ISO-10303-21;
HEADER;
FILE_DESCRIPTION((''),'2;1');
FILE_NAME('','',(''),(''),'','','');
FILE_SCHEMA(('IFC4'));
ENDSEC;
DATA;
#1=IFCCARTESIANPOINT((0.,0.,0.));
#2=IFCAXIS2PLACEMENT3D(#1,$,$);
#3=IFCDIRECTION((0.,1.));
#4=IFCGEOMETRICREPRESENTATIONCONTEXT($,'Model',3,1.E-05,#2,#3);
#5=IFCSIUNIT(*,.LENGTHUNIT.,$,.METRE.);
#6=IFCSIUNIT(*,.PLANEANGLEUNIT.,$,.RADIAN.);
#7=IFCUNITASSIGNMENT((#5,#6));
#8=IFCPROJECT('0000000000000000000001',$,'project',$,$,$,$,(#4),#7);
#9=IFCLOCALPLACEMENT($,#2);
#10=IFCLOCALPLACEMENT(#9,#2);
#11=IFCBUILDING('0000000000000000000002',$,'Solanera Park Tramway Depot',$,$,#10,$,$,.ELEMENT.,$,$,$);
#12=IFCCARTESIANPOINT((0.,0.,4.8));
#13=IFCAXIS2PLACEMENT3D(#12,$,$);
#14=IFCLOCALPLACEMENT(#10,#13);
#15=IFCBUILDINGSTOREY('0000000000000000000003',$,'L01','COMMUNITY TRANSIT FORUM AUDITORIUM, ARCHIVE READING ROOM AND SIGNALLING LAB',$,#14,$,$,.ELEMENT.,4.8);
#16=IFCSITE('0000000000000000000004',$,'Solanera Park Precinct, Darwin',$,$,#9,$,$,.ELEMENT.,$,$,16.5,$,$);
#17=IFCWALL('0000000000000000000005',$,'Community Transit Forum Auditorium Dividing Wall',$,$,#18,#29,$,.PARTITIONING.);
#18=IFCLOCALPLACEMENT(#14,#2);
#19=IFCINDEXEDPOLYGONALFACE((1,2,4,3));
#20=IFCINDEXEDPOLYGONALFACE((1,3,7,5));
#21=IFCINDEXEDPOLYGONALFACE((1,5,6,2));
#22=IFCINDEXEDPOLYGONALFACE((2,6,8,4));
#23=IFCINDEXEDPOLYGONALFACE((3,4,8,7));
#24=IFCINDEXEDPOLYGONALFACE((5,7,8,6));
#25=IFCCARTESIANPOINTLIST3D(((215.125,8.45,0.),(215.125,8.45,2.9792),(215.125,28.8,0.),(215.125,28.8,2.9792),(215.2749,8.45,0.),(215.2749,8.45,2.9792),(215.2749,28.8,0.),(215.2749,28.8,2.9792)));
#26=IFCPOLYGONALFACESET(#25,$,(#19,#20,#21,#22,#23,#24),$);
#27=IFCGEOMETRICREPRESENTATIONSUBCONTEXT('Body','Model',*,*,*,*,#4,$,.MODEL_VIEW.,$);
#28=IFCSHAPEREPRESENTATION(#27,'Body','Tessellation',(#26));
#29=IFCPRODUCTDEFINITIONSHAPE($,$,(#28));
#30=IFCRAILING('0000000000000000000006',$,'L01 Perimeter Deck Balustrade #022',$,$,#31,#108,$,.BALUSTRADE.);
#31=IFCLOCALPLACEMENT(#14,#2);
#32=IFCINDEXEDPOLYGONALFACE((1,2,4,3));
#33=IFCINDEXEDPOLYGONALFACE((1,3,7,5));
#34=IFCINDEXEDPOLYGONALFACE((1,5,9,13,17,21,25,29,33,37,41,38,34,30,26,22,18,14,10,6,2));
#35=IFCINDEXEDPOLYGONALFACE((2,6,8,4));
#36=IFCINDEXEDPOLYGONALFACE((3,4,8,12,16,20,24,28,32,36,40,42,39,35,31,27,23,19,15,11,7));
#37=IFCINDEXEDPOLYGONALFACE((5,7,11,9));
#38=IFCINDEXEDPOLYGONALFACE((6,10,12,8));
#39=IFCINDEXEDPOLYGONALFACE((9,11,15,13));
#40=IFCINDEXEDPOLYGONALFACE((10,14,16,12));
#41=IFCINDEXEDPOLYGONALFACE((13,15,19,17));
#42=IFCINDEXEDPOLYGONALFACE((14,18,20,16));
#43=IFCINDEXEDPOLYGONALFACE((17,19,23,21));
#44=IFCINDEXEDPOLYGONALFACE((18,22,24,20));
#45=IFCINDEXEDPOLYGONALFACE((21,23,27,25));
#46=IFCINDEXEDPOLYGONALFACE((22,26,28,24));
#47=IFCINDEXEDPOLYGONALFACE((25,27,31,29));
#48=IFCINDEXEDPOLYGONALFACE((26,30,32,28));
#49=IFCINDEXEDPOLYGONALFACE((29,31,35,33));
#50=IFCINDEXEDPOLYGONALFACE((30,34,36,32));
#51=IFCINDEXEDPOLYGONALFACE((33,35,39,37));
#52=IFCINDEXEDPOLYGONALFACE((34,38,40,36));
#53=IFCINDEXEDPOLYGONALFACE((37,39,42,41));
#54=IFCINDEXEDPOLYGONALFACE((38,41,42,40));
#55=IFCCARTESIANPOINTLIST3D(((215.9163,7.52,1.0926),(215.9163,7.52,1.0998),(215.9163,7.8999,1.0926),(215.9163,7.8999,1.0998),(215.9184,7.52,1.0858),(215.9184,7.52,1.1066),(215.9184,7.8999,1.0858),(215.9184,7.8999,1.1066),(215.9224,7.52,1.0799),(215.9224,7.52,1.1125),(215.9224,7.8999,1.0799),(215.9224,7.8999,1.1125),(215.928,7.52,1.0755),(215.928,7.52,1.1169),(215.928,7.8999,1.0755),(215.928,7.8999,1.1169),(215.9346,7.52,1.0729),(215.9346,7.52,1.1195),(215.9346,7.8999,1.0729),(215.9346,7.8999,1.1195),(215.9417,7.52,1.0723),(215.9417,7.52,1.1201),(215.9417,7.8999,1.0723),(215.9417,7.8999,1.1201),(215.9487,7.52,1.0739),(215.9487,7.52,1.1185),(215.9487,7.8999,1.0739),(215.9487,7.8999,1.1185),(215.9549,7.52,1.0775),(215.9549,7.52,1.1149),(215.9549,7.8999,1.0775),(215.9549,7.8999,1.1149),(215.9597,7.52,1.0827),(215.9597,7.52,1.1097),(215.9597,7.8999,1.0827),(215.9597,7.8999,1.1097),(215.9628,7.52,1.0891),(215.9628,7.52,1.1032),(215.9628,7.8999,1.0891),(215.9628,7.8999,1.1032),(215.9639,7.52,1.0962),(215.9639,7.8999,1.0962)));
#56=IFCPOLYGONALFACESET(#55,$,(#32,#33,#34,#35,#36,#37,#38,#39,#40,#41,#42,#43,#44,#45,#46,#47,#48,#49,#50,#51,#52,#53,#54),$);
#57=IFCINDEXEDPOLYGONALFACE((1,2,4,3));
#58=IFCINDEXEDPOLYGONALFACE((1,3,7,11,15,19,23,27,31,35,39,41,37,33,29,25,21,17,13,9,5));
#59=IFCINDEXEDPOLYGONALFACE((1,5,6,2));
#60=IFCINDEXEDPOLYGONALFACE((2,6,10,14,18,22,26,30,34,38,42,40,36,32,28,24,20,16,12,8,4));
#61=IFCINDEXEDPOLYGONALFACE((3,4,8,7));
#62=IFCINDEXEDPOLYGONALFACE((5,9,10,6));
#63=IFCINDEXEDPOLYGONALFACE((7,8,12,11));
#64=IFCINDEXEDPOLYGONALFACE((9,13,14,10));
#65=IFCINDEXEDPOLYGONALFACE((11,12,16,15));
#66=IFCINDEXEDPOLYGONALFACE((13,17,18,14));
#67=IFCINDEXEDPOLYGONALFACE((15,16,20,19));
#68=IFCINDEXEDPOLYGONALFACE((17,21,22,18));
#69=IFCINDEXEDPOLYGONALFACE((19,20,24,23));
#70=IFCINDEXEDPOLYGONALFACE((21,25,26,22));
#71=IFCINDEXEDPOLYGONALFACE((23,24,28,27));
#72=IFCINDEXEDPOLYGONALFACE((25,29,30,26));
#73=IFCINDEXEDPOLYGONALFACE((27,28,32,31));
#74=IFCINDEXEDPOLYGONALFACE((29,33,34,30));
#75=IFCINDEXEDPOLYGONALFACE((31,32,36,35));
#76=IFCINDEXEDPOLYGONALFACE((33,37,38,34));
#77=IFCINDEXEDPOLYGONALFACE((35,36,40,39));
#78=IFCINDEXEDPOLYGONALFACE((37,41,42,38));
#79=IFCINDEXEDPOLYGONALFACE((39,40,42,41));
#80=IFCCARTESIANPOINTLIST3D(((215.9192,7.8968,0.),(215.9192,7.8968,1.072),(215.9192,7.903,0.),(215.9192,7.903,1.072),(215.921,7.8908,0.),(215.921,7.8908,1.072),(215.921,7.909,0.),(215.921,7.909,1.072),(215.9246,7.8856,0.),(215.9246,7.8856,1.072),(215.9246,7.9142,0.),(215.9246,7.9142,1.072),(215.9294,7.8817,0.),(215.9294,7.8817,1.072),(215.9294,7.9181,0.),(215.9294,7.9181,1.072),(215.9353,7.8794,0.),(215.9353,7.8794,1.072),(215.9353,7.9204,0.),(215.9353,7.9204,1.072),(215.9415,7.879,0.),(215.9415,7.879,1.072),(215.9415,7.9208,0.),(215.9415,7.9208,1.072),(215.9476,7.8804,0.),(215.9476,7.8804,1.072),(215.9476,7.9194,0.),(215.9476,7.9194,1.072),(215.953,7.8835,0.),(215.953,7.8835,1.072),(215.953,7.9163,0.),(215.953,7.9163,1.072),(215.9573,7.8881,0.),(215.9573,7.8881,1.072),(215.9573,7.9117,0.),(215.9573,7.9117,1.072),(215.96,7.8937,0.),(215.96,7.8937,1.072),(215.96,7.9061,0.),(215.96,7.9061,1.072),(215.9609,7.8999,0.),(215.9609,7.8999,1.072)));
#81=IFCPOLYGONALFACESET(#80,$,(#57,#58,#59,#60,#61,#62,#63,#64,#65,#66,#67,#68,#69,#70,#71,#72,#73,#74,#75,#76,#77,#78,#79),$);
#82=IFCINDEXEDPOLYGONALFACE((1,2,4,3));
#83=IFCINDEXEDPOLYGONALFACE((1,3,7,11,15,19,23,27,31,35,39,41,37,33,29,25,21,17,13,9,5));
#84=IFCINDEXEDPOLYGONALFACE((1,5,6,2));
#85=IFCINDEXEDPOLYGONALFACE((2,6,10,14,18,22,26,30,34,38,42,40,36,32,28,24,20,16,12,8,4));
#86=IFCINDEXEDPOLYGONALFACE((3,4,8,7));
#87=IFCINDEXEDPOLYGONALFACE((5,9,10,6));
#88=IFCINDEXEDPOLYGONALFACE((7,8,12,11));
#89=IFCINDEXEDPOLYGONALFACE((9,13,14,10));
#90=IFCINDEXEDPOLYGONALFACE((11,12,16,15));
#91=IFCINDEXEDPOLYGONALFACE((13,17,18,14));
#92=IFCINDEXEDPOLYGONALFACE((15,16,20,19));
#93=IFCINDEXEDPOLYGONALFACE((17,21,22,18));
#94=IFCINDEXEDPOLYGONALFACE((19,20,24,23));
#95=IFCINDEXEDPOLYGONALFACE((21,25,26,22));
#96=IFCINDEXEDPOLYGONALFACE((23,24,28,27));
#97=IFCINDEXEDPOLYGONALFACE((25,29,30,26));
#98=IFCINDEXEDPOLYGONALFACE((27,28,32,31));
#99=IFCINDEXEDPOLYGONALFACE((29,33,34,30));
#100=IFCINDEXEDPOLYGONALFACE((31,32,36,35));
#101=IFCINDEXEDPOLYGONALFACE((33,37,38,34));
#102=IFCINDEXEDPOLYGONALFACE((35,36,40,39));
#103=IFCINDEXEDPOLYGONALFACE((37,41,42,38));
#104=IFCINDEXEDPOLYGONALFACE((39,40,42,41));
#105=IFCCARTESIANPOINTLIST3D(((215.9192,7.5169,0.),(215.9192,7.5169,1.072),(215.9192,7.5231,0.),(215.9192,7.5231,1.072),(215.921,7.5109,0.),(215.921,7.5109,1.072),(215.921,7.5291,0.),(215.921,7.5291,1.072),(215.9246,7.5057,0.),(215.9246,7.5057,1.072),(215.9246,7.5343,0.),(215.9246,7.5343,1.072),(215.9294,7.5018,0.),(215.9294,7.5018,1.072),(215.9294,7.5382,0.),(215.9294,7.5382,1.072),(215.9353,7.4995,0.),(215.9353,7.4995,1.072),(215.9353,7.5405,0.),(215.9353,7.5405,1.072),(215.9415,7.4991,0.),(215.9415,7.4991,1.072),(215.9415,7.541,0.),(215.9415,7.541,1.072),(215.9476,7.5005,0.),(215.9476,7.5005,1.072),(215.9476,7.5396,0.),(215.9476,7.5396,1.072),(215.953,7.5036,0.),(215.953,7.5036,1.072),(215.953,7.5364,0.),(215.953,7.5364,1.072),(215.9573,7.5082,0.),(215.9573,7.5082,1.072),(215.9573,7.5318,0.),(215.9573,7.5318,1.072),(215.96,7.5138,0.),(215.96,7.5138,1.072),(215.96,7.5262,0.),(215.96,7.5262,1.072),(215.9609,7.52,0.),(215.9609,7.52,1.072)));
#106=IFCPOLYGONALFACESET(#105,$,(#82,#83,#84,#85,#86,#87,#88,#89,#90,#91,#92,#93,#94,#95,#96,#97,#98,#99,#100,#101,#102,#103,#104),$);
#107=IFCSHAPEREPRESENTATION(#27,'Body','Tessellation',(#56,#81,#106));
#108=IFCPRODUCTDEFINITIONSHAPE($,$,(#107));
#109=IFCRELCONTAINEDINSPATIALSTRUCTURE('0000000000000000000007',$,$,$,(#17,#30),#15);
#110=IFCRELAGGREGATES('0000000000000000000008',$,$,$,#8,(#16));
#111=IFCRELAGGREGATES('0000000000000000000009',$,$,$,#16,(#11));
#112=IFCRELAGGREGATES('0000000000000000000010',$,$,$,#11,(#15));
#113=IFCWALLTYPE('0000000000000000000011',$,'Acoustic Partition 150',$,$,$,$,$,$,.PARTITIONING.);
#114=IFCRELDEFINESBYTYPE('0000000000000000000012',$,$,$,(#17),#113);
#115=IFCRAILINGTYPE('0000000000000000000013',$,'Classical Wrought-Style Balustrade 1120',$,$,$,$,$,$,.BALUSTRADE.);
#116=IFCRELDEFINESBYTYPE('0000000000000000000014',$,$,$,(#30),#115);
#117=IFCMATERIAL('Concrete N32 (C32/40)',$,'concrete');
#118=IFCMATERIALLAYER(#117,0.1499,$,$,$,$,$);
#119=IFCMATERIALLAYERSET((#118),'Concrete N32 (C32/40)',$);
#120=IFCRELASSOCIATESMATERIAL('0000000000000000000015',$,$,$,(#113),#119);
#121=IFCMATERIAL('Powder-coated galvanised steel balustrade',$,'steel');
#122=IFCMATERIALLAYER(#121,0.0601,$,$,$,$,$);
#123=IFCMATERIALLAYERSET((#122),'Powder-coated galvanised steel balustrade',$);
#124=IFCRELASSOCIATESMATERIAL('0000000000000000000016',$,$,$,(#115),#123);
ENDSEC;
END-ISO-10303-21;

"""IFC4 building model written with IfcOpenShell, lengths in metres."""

from ifc_helpers import new_model, si_unit, direction, frame, frame_2d, origin, origin_2d, place, context, subcontext, project, spatial, rectangle, circle, extrude, material, layer, layer_set, type_object, element, save


model = new_model("IFC4")

# Units and contexts
model_context = context("Model", 3, precision=1e-05, world=origin(), true_north=direction((0.0, 1.0)))
body_context = subcontext(model_context, "Body", "Model", "MODEL_VIEW")
ifc_project = project(units=[si_unit("LENGTHUNIT", "METRE"), si_unit("PLANEANGLEUNIT", "RADIAN")], contexts=[model_context])

# Site, building, storey
site_placement = place(None, origin())
site = spatial("IfcSite", under=ifc_project, at=site_placement, Name="Solanera Park Precinct, Darwin", CompositionType="ELEMENT", RefElevation=16.5)
building_placement = place(site_placement, origin())
building = spatial("IfcBuilding", under=site, at=building_placement, Name="Solanera Park Tramway Depot", CompositionType="ELEMENT")
storey_placement = place(building_placement, frame((0.0, 0.0, 4.8)))
storey = spatial("IfcBuildingStorey", under=building, at=storey_placement, Name="L01", Description="COMMUNITY TRANSIT FORUM AUDITORIUM, ARCHIVE READING ROOM AND SIGNALLING LAB", CompositionType="ELEMENT", Elevation=4.8)

# Wall
ifc_material_1 = material(Name="Concrete N32 (C32/40)", Category="concrete")
ifc_layer_1 = layer(ifc_material_1, 0.1499)
ifc_layer_set_1 = layer_set([ifc_layer_1], Name="Concrete N32 (C32/40)")
wall_type = type_object("IfcWallType", Name="Acoustic Partition 150", PredefinedType="PARTITIONING", material=ifc_layer_set_1)
wall_1_placement = place(storey_placement, frame((215.2, 8.45, 0.0), z_axis=(0.0, 0.0, 1.0), x_axis=(0.0, 1.0, 0.0)))
element("IfcWall", 1, at=wall_1_placement, inside=storey, type_object=wall_type, Name="Community Transit Forum Auditorium Dividing Wall", PredefinedType="PARTITIONING", context=body_context, shape_type="SweptSolid", body=[
    extrude(rectangle(XDim=20.3501, YDim=0.1499, at=frame_2d((10.175, 0.0))), origin(), (0.0, 0.0, 1.0), 2.9792),
])

# Railing
ifc_material_2 = material(Name="Powder-coated galvanised steel balustrade", Category="steel")
ifc_layer_2 = layer(ifc_material_2, 0.0601)
ifc_layer_set_2 = layer_set([ifc_layer_2], Name="Powder-coated galvanised steel balustrade")
railing_type = type_object("IfcRailingType", Name="Classical Wrought-Style Balustrade 1120", PredefinedType="BALUSTRADE", material=ifc_layer_set_2)
railing_placement = place(storey_placement, frame((215.9399, 7.8999, 0.0)))
element("IfcRailing", 2, at=railing_placement, inside=storey, type_object=railing_type, Name="L01 Perimeter Deck Balustrade #022", PredefinedType="BALUSTRADE", context=body_context, shape_type="SweptSolid", body=[
    extrude(circle(Radius=0.0239, at=origin_2d()), frame((0.0, 0.0, 1.0962), z_axis=(0.0, -1.0, 0.0), x_axis=(1.0, 0.0, 0.0)), (0.0, 0.0, 1.0), 0.3799),
    extrude(circle(Radius=0.021, at=origin_2d()), origin(), (0.0, 0.0, 1.0), 1.072),
    extrude(circle(Radius=0.021, at=origin_2d()), frame((0.0, -0.3799, 0.0)), (0.0, 0.0, 1.0), 1.072),
])

save(model, "model.ifc")
